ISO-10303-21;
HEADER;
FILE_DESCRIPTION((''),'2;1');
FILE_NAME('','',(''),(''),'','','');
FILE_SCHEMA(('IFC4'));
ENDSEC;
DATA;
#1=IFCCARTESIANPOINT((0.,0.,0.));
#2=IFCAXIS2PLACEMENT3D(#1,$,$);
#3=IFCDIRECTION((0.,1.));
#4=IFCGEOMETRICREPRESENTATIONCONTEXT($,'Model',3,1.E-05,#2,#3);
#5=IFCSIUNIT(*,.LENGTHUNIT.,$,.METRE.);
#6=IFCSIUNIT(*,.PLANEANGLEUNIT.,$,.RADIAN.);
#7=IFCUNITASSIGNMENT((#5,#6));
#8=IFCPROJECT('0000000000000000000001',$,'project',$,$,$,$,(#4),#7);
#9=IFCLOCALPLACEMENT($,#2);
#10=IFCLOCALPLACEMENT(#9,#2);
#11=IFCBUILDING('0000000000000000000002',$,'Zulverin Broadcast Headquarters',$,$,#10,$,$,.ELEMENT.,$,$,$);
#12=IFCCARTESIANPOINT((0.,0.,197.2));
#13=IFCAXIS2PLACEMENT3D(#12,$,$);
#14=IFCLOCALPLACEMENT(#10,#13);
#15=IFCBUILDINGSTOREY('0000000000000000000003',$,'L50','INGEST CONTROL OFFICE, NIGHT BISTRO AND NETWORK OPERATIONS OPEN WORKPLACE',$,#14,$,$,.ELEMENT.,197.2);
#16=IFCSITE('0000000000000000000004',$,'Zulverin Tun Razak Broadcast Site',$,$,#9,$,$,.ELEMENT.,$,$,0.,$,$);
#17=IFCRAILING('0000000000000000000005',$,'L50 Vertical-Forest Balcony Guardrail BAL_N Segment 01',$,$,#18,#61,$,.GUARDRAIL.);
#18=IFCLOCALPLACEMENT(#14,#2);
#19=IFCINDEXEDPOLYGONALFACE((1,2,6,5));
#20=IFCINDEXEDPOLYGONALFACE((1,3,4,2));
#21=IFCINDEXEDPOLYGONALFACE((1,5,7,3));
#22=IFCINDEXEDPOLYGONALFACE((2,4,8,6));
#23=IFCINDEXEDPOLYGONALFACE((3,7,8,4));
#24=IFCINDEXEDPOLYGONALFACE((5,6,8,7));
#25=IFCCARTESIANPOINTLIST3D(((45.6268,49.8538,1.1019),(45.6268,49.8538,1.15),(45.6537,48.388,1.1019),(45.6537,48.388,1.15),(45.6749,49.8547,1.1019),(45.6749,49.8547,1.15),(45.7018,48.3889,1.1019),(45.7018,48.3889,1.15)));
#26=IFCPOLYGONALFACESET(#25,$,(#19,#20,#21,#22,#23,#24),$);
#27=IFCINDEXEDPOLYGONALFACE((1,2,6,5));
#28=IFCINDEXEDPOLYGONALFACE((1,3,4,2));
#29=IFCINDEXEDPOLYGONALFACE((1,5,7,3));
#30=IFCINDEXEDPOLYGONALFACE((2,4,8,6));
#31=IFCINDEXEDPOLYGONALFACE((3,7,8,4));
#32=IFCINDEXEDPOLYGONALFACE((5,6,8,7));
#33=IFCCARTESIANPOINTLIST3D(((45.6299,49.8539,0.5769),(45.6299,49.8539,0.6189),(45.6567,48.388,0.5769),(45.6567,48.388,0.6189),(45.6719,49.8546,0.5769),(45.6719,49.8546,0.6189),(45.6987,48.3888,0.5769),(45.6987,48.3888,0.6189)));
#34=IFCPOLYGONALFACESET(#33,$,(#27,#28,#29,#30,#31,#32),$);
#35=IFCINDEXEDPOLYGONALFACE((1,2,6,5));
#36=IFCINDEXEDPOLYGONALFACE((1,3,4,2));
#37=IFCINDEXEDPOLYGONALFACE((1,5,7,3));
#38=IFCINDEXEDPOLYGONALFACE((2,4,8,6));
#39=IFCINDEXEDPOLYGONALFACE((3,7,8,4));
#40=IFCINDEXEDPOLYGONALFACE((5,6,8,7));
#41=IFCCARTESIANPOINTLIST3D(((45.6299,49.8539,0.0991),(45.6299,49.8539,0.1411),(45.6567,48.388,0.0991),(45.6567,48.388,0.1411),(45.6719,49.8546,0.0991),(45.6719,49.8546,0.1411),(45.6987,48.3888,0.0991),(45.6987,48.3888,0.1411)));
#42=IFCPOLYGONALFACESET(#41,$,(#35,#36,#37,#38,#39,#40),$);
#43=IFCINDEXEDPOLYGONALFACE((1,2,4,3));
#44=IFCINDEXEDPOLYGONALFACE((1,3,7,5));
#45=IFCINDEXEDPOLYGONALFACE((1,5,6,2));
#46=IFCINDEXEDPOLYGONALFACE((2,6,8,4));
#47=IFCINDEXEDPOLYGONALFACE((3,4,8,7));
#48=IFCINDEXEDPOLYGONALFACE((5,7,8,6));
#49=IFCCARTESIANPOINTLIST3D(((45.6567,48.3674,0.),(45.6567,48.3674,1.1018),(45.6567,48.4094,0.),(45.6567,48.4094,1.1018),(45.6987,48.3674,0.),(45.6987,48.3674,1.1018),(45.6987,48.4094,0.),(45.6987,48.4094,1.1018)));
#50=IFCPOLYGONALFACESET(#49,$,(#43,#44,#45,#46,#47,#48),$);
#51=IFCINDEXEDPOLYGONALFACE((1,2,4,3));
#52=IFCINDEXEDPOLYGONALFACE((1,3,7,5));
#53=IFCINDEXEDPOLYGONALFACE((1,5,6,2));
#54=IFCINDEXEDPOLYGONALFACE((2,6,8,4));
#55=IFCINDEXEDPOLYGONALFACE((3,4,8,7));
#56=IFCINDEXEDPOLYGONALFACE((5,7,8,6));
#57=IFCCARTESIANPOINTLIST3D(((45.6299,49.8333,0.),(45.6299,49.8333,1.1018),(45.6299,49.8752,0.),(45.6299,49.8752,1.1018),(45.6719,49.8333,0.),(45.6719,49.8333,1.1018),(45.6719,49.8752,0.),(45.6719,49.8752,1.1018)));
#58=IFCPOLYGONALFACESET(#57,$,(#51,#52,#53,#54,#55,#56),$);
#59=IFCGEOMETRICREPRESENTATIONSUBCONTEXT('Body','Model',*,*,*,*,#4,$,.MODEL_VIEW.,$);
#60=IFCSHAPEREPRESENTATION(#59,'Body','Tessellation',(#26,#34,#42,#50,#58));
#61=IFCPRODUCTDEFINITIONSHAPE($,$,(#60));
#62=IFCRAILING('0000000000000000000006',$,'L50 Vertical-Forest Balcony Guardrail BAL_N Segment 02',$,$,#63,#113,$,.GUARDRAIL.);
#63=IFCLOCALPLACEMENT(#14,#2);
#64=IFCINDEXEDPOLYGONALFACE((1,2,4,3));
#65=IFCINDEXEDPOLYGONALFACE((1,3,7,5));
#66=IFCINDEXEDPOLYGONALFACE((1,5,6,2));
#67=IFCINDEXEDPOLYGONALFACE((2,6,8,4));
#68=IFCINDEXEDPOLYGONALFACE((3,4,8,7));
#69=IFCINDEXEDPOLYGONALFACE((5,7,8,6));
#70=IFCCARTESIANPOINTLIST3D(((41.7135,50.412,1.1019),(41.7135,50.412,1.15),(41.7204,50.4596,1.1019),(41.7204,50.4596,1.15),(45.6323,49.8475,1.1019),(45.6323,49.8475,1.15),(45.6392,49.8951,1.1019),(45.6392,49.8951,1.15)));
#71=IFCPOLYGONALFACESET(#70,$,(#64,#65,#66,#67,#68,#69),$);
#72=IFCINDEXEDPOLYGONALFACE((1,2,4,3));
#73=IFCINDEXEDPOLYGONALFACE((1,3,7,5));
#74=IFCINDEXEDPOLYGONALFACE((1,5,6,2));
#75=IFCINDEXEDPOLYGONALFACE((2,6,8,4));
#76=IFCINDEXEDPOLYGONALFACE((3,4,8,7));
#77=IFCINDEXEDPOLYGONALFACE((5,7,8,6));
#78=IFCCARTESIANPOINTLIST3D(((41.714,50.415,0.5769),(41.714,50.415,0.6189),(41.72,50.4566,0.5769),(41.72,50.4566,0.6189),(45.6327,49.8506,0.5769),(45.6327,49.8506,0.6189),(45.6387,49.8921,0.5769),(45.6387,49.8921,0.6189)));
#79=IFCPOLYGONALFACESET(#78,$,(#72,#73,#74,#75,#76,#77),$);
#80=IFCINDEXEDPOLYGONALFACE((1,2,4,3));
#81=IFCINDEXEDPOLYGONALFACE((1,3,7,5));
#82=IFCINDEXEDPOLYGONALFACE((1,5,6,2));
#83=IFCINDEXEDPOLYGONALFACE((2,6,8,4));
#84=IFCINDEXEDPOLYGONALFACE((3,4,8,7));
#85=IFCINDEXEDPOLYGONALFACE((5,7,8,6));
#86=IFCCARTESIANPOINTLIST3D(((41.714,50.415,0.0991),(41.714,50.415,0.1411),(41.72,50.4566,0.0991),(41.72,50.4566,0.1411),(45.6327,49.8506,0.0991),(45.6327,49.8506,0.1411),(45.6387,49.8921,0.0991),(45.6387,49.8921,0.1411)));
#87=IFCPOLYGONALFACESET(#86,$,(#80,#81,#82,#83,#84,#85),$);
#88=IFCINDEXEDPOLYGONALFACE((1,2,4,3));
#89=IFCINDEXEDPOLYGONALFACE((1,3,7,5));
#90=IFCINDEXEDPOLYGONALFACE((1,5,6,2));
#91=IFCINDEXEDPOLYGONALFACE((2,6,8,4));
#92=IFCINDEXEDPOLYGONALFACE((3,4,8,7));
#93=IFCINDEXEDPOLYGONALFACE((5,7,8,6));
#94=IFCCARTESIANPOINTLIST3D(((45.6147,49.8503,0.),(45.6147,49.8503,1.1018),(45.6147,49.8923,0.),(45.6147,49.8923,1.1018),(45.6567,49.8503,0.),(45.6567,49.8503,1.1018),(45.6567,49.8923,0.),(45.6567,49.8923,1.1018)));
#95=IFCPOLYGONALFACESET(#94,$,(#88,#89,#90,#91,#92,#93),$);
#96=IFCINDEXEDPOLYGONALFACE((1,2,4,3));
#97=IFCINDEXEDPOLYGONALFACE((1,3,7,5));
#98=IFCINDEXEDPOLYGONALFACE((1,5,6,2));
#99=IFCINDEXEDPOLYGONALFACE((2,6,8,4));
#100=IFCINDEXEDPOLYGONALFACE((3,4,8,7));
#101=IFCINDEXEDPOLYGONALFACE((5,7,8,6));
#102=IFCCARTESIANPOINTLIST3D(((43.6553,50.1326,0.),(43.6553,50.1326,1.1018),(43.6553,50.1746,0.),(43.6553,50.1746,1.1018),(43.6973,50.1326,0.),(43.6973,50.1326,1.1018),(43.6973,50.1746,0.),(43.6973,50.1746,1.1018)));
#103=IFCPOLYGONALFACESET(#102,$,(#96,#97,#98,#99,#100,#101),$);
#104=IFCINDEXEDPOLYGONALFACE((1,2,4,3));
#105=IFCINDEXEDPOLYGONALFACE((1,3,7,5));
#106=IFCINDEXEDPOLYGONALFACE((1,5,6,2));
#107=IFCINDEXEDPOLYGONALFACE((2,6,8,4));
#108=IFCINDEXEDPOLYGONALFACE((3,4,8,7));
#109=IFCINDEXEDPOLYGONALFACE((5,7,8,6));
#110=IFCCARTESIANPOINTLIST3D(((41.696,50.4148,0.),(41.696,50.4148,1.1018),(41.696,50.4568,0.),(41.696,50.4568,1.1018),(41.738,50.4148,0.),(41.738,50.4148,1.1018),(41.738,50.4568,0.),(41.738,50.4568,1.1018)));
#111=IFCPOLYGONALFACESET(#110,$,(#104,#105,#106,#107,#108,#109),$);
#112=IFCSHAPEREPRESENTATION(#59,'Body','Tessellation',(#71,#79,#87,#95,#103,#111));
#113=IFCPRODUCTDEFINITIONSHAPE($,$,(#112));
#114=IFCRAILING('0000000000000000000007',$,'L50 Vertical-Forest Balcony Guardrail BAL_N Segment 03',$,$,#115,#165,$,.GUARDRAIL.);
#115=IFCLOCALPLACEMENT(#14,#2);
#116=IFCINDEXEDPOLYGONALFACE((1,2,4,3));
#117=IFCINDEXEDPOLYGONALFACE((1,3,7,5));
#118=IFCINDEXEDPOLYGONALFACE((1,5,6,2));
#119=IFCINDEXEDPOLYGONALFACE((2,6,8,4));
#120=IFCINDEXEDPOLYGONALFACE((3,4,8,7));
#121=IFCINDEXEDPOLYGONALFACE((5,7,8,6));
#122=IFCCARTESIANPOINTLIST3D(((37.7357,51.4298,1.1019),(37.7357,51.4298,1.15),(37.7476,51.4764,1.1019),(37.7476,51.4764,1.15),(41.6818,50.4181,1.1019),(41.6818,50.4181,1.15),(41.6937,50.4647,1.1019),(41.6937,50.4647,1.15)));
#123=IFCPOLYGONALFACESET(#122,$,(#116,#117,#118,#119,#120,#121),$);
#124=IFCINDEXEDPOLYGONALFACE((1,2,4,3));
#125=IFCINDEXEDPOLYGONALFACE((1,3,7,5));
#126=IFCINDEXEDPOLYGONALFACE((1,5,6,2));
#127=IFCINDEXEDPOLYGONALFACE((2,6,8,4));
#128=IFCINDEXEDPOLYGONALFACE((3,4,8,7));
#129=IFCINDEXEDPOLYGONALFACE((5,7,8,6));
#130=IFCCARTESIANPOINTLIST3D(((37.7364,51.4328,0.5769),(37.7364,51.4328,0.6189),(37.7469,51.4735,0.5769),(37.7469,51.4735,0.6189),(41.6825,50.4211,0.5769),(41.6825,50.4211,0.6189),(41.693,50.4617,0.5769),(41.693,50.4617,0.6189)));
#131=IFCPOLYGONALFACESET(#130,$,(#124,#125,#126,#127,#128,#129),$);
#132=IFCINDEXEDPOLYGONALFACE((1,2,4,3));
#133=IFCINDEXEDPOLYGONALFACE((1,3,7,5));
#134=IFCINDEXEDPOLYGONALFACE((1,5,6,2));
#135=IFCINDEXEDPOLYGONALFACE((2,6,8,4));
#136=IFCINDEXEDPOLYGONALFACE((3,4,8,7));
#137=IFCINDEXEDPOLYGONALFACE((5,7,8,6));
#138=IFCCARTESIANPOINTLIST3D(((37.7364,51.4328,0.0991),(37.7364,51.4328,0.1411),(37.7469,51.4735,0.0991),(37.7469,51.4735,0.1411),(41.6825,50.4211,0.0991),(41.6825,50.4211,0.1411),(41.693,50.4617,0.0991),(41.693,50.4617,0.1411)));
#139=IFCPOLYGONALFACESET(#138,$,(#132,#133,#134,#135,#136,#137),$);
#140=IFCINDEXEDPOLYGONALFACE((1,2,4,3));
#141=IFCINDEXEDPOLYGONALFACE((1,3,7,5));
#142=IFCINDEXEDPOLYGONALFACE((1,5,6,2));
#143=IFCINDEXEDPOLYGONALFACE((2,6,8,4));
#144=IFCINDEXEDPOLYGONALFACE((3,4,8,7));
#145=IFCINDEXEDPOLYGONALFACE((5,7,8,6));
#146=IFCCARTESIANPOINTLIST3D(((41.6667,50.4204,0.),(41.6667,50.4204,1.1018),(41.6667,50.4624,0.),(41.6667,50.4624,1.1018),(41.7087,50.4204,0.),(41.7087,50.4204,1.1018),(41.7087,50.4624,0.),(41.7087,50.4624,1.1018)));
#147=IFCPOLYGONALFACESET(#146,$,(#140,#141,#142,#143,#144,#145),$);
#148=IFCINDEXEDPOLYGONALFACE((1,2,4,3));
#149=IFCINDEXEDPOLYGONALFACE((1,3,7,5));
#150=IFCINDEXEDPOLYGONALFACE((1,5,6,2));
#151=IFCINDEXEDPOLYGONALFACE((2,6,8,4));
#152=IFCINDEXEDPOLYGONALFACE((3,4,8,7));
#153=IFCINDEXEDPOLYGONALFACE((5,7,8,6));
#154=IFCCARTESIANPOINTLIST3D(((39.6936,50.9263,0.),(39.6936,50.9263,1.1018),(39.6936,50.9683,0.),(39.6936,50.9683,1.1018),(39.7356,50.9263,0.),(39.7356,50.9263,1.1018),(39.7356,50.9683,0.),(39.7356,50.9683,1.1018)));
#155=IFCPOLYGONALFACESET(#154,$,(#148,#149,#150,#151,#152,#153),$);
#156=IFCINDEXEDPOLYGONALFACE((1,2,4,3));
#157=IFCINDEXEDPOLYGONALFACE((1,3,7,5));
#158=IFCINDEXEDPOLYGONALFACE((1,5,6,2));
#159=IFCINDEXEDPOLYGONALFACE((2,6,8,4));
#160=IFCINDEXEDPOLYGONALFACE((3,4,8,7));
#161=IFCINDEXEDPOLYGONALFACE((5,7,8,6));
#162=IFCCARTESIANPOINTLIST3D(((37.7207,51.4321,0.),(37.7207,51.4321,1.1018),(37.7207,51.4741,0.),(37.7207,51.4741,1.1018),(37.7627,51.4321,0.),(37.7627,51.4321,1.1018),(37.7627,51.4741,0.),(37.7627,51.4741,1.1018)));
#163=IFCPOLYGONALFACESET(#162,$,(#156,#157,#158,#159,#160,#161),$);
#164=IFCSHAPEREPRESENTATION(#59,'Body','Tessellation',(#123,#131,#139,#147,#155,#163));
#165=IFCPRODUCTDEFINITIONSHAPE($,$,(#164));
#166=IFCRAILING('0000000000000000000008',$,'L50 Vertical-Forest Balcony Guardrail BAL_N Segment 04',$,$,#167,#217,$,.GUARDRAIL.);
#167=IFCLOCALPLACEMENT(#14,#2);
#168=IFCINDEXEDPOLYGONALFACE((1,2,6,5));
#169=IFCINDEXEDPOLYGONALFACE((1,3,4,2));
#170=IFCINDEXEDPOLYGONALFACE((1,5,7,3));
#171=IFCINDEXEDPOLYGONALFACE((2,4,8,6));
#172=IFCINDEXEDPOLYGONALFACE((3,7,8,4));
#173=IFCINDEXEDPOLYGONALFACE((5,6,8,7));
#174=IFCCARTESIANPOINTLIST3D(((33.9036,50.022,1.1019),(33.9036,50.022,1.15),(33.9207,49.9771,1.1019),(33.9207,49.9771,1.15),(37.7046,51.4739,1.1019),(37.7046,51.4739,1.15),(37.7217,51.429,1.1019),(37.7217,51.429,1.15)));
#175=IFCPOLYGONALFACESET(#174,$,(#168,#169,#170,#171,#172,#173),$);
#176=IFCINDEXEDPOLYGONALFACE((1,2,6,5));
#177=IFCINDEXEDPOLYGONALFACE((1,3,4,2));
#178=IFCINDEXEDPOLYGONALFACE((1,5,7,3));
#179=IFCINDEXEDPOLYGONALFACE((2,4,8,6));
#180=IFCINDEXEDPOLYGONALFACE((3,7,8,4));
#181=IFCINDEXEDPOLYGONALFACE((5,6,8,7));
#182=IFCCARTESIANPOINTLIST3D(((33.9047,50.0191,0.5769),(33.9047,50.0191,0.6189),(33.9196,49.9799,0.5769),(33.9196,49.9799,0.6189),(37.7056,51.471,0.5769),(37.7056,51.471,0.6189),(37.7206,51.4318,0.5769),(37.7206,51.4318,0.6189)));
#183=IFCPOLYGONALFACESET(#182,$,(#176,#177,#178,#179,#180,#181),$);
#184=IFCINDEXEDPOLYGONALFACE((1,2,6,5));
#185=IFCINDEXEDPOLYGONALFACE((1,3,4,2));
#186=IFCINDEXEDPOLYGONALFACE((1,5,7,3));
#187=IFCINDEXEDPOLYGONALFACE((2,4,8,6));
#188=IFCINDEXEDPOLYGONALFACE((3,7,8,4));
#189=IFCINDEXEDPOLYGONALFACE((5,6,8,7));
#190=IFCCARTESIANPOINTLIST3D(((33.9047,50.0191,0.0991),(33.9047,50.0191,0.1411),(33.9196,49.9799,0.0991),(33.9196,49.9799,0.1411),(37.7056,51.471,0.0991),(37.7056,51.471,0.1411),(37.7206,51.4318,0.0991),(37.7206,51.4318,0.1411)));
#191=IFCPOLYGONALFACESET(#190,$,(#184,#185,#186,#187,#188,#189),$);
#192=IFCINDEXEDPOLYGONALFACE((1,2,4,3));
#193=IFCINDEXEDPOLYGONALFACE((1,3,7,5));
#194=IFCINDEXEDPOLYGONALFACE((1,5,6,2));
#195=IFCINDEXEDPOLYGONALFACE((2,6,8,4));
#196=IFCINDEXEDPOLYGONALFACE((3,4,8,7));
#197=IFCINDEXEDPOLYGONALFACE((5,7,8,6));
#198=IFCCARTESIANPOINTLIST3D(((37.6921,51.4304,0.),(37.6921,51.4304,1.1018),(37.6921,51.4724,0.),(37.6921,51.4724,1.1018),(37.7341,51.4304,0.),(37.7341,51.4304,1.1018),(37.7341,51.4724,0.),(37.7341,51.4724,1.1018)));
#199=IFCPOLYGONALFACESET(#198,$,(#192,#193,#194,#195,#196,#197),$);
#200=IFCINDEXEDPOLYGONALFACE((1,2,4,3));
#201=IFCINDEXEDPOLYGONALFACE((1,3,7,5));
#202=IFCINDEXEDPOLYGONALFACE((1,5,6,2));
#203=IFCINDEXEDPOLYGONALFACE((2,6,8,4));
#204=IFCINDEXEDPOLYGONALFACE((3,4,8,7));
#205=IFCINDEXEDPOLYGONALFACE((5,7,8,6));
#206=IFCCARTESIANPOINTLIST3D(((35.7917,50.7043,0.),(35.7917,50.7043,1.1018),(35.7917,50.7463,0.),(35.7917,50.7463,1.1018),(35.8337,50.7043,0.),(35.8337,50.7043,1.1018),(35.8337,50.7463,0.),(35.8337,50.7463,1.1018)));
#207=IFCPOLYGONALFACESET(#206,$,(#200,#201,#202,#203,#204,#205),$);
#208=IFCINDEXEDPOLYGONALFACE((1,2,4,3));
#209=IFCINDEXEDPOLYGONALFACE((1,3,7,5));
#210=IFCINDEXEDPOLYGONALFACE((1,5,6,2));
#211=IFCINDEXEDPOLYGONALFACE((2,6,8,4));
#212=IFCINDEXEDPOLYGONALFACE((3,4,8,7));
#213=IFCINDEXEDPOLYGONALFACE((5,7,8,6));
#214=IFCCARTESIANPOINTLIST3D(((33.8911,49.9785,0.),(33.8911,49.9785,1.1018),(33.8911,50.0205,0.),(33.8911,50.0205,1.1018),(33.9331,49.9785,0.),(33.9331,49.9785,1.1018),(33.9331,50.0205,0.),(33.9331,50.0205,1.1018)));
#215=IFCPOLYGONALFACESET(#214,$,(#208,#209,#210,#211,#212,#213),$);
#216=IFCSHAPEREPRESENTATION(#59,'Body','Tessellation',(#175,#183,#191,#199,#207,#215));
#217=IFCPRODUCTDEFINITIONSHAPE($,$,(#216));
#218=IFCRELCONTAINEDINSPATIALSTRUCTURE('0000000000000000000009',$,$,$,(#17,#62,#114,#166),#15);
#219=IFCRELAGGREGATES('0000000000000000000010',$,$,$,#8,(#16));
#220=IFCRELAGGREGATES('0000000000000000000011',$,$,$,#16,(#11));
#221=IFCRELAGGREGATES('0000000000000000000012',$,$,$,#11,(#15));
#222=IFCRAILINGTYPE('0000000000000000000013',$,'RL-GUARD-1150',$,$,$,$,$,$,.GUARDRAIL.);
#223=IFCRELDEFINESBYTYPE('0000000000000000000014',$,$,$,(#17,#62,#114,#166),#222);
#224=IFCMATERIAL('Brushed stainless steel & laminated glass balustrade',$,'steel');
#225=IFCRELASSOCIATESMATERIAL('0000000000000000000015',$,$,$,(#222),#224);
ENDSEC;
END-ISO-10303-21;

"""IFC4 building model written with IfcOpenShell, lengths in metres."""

from ifc_helpers import new_model, si_unit, direction, frame, origin, origin_2d, place, context, subcontext, project, spatial, rectangle, extrude, material, type_object, element, save


model = new_model("IFC4")

# Units and contexts
model_context = context("Model", 3, precision=1e-05, world=origin(), true_north=direction((0.0, 1.0)))
body_context = subcontext(model_context, "Body", "Model", "MODEL_VIEW")
ifc_project = project(units=[si_unit("LENGTHUNIT", "METRE"), si_unit("PLANEANGLEUNIT", "RADIAN")], contexts=[model_context])

# Site, building, storey
site_placement = place(None, origin())
site = spatial("IfcSite", under=ifc_project, at=site_placement, Name="Zulverin Tun Razak Broadcast Site", CompositionType="ELEMENT", RefElevation=0.0)
building_placement = place(site_placement, origin())
building = spatial("IfcBuilding", under=site, at=building_placement, Name="Zulverin Broadcast Headquarters", CompositionType="ELEMENT")
storey_placement = place(building_placement, frame((0.0, 0.0, 197.2)))
storey = spatial("IfcBuildingStorey", under=building, at=storey_placement, Name="L50", Description="INGEST CONTROL OFFICE, NIGHT BISTRO AND NETWORK OPERATIONS OPEN WORKPLACE", CompositionType="ELEMENT", Elevation=197.2)

# Railings
ifc_material_1 = material(Name="Brushed stainless steel & laminated glass balustrade", Category="steel")
railing_type_1 = type_object("IfcRailingType", Name="RL-GUARD-1150", PredefinedType="GUARDRAIL", material=ifc_material_1)
railing_1_placement = place(storey_placement, frame((45.6777, 48.3884, 0.0)))
element("IfcRailing", 1, at=railing_1_placement, inside=storey, type_object=railing_type_1, Name="L50 Vertical-Forest Balcony Guardrail BAL_N Segment 01", PredefinedType="GUARDRAIL", context=body_context, shape_type="SweptSolid", body=[
    extrude(rectangle(XDim=0.0481, YDim=0.0481, at=origin_2d()), frame((0.0, 0.0, 1.126), z_axis=(-0.018318, 0.999832, 0.0), x_axis=(-0.999832, -0.018318, 0.0)), (0.0, 0.0, 1.0), 1.4661),
    extrude(rectangle(XDim=0.042, YDim=0.042, at=origin_2d()), frame((0.0, 0.0, 0.5979), z_axis=(-0.018318, 0.999832, 0.0), x_axis=(-0.999832, -0.018318, 0.0)), (0.0, 0.0, 1.0), 1.4661),
    extrude(rectangle(XDim=0.042, YDim=0.042, at=origin_2d()), frame((0.0, 0.0, 0.1201), z_axis=(-0.018318, 0.999832, 0.0), x_axis=(-0.999832, -0.018318, 0.0)), (0.0, 0.0, 1.0), 1.4661),
    extrude(rectangle(XDim=0.042, YDim=0.042, at=origin_2d()), origin(), (0.0, 0.0, 1.0), 1.1018),
    extrude(rectangle(XDim=0.042, YDim=0.042, at=origin_2d()), frame((-0.0269, 1.4658, 0.0)), (0.0, 0.0, 1.0), 1.1018),
])
railing_2_placement = place(storey_placement, frame((45.6357, 49.8713, 0.0)))
element("IfcRailing", 2, at=railing_2_placement, inside=storey, type_object=railing_type_1, Name="L50 Vertical-Forest Balcony Guardrail BAL_N Segment 02", PredefinedType="GUARDRAIL", context=body_context, shape_type="SweptSolid", body=[
    extrude(rectangle(XDim=0.0481, YDim=0.0481, at=origin_2d()), frame((0.0, 0.0, 1.126), z_axis=(-0.989785, 0.142569, 0.0), x_axis=(-0.142569, -0.989785, 0.0)), (0.0, 0.0, 1.0), 3.9592),
    extrude(rectangle(XDim=0.042, YDim=0.042, at=origin_2d()), frame((0.0, 0.0, 0.5979), z_axis=(-0.989785, 0.142569, 0.0), x_axis=(-0.142569, -0.989785, 0.0)), (0.0, 0.0, 1.0), 3.9592),
    extrude(rectangle(XDim=0.042, YDim=0.042, at=origin_2d()), frame((0.0, 0.0, 0.1201), z_axis=(-0.989785, 0.142569, 0.0), x_axis=(-0.142569, -0.989785, 0.0)), (0.0, 0.0, 1.0), 3.9592),
    extrude(rectangle(XDim=0.042, YDim=0.042, at=origin_2d()), origin(), (0.0, 0.0, 1.0), 1.1018),
    extrude(rectangle(XDim=0.042, YDim=0.042, at=origin_2d()), frame((-1.9595, 0.2822, 0.0)), (0.0, 0.0, 1.0), 1.1018),
    extrude(rectangle(XDim=0.042, YDim=0.042, at=origin_2d()), frame((-3.9187, 0.5645, 0.0)), (0.0, 0.0, 1.0), 1.1018),
])
railing_3_placement = place(storey_placement, frame((41.6877, 50.4414, 0.0)))
element("IfcRailing", 3, at=railing_3_placement, inside=storey, type_object=railing_type_1, Name="L50 Vertical-Forest Balcony Guardrail BAL_N Segment 03", PredefinedType="GUARDRAIL", context=body_context, shape_type="SweptSolid", body=[
    extrude(rectangle(XDim=0.0481, YDim=0.0481, at=origin_2d()), frame((0.0, 0.0, 1.126), z_axis=(-0.968669, 0.248355, 0.0), x_axis=(-0.248355, -0.968669, 0.0)), (0.0, 0.0, 1.0), 4.0737),
    extrude(rectangle(XDim=0.042, YDim=0.042, at=origin_2d()), frame((0.0, 0.0, 0.5979), z_axis=(-0.968669, 0.248355, 0.0), x_axis=(-0.248355, -0.968669, 0.0)), (0.0, 0.0, 1.0), 4.0737),
    extrude(rectangle(XDim=0.042, YDim=0.042, at=origin_2d()), frame((0.0, 0.0, 0.1201), z_axis=(-0.968669, 0.248355, 0.0), x_axis=(-0.248355, -0.968669, 0.0)), (0.0, 0.0, 1.0), 4.0737),
    extrude(rectangle(XDim=0.042, YDim=0.042, at=origin_2d()), origin(), (0.0, 0.0, 1.0), 1.1018),
    extrude(rectangle(XDim=0.042, YDim=0.042, at=origin_2d()), frame((-1.9731, 0.5059, 0.0)), (0.0, 0.0, 1.0), 1.1018),
    extrude(rectangle(XDim=0.042, YDim=0.042, at=origin_2d()), frame((-3.946, 1.0117, 0.0)), (0.0, 0.0, 1.0), 1.1018),
])
railing_4_placement = place(storey_placement, frame((37.7131, 51.4514, 0.0)))
element("IfcRailing", 4, at=railing_4_placement, inside=storey, type_object=railing_type_1, Name="L50 Vertical-Forest Balcony Guardrail BAL_N Segment 04", PredefinedType="GUARDRAIL", context=body_context, shape_type="SweptSolid", body=[
    extrude(rectangle(XDim=0.0481, YDim=0.0481, at=origin_2d()), frame((0.0, 0.0, 1.126), z_axis=(-0.934169, -0.356831, 0.0), x_axis=(0.356831, -0.934169, 0.0)), (0.0, 0.0, 1.0), 4.0688),
    extrude(rectangle(XDim=0.042, YDim=0.042, at=origin_2d()), frame((0.0, 0.0, 0.5979), z_axis=(-0.934169, -0.356831, 0.0), x_axis=(0.356831, -0.934169, 0.0)), (0.0, 0.0, 1.0), 4.0688),
    extrude(rectangle(XDim=0.042, YDim=0.042, at=origin_2d()), frame((0.0, 0.0, 0.1201), z_axis=(-0.934169, -0.356831, 0.0), x_axis=(0.356831, -0.934169, 0.0)), (0.0, 0.0, 1.0), 4.0688),
    extrude(rectangle(XDim=0.042, YDim=0.042, at=origin_2d()), origin(), (0.0, 0.0, 1.0), 1.1018),
    extrude(rectangle(XDim=0.042, YDim=0.042, at=origin_2d()), frame((-1.9004, -0.7261, 0.0)), (0.0, 0.0, 1.0), 1.1018),
    extrude(rectangle(XDim=0.042, YDim=0.042, at=origin_2d()), frame((-3.801, -1.4519, 0.0)), (0.0, 0.0, 1.0), 1.1018),
])

save(model, "model.ifc")
